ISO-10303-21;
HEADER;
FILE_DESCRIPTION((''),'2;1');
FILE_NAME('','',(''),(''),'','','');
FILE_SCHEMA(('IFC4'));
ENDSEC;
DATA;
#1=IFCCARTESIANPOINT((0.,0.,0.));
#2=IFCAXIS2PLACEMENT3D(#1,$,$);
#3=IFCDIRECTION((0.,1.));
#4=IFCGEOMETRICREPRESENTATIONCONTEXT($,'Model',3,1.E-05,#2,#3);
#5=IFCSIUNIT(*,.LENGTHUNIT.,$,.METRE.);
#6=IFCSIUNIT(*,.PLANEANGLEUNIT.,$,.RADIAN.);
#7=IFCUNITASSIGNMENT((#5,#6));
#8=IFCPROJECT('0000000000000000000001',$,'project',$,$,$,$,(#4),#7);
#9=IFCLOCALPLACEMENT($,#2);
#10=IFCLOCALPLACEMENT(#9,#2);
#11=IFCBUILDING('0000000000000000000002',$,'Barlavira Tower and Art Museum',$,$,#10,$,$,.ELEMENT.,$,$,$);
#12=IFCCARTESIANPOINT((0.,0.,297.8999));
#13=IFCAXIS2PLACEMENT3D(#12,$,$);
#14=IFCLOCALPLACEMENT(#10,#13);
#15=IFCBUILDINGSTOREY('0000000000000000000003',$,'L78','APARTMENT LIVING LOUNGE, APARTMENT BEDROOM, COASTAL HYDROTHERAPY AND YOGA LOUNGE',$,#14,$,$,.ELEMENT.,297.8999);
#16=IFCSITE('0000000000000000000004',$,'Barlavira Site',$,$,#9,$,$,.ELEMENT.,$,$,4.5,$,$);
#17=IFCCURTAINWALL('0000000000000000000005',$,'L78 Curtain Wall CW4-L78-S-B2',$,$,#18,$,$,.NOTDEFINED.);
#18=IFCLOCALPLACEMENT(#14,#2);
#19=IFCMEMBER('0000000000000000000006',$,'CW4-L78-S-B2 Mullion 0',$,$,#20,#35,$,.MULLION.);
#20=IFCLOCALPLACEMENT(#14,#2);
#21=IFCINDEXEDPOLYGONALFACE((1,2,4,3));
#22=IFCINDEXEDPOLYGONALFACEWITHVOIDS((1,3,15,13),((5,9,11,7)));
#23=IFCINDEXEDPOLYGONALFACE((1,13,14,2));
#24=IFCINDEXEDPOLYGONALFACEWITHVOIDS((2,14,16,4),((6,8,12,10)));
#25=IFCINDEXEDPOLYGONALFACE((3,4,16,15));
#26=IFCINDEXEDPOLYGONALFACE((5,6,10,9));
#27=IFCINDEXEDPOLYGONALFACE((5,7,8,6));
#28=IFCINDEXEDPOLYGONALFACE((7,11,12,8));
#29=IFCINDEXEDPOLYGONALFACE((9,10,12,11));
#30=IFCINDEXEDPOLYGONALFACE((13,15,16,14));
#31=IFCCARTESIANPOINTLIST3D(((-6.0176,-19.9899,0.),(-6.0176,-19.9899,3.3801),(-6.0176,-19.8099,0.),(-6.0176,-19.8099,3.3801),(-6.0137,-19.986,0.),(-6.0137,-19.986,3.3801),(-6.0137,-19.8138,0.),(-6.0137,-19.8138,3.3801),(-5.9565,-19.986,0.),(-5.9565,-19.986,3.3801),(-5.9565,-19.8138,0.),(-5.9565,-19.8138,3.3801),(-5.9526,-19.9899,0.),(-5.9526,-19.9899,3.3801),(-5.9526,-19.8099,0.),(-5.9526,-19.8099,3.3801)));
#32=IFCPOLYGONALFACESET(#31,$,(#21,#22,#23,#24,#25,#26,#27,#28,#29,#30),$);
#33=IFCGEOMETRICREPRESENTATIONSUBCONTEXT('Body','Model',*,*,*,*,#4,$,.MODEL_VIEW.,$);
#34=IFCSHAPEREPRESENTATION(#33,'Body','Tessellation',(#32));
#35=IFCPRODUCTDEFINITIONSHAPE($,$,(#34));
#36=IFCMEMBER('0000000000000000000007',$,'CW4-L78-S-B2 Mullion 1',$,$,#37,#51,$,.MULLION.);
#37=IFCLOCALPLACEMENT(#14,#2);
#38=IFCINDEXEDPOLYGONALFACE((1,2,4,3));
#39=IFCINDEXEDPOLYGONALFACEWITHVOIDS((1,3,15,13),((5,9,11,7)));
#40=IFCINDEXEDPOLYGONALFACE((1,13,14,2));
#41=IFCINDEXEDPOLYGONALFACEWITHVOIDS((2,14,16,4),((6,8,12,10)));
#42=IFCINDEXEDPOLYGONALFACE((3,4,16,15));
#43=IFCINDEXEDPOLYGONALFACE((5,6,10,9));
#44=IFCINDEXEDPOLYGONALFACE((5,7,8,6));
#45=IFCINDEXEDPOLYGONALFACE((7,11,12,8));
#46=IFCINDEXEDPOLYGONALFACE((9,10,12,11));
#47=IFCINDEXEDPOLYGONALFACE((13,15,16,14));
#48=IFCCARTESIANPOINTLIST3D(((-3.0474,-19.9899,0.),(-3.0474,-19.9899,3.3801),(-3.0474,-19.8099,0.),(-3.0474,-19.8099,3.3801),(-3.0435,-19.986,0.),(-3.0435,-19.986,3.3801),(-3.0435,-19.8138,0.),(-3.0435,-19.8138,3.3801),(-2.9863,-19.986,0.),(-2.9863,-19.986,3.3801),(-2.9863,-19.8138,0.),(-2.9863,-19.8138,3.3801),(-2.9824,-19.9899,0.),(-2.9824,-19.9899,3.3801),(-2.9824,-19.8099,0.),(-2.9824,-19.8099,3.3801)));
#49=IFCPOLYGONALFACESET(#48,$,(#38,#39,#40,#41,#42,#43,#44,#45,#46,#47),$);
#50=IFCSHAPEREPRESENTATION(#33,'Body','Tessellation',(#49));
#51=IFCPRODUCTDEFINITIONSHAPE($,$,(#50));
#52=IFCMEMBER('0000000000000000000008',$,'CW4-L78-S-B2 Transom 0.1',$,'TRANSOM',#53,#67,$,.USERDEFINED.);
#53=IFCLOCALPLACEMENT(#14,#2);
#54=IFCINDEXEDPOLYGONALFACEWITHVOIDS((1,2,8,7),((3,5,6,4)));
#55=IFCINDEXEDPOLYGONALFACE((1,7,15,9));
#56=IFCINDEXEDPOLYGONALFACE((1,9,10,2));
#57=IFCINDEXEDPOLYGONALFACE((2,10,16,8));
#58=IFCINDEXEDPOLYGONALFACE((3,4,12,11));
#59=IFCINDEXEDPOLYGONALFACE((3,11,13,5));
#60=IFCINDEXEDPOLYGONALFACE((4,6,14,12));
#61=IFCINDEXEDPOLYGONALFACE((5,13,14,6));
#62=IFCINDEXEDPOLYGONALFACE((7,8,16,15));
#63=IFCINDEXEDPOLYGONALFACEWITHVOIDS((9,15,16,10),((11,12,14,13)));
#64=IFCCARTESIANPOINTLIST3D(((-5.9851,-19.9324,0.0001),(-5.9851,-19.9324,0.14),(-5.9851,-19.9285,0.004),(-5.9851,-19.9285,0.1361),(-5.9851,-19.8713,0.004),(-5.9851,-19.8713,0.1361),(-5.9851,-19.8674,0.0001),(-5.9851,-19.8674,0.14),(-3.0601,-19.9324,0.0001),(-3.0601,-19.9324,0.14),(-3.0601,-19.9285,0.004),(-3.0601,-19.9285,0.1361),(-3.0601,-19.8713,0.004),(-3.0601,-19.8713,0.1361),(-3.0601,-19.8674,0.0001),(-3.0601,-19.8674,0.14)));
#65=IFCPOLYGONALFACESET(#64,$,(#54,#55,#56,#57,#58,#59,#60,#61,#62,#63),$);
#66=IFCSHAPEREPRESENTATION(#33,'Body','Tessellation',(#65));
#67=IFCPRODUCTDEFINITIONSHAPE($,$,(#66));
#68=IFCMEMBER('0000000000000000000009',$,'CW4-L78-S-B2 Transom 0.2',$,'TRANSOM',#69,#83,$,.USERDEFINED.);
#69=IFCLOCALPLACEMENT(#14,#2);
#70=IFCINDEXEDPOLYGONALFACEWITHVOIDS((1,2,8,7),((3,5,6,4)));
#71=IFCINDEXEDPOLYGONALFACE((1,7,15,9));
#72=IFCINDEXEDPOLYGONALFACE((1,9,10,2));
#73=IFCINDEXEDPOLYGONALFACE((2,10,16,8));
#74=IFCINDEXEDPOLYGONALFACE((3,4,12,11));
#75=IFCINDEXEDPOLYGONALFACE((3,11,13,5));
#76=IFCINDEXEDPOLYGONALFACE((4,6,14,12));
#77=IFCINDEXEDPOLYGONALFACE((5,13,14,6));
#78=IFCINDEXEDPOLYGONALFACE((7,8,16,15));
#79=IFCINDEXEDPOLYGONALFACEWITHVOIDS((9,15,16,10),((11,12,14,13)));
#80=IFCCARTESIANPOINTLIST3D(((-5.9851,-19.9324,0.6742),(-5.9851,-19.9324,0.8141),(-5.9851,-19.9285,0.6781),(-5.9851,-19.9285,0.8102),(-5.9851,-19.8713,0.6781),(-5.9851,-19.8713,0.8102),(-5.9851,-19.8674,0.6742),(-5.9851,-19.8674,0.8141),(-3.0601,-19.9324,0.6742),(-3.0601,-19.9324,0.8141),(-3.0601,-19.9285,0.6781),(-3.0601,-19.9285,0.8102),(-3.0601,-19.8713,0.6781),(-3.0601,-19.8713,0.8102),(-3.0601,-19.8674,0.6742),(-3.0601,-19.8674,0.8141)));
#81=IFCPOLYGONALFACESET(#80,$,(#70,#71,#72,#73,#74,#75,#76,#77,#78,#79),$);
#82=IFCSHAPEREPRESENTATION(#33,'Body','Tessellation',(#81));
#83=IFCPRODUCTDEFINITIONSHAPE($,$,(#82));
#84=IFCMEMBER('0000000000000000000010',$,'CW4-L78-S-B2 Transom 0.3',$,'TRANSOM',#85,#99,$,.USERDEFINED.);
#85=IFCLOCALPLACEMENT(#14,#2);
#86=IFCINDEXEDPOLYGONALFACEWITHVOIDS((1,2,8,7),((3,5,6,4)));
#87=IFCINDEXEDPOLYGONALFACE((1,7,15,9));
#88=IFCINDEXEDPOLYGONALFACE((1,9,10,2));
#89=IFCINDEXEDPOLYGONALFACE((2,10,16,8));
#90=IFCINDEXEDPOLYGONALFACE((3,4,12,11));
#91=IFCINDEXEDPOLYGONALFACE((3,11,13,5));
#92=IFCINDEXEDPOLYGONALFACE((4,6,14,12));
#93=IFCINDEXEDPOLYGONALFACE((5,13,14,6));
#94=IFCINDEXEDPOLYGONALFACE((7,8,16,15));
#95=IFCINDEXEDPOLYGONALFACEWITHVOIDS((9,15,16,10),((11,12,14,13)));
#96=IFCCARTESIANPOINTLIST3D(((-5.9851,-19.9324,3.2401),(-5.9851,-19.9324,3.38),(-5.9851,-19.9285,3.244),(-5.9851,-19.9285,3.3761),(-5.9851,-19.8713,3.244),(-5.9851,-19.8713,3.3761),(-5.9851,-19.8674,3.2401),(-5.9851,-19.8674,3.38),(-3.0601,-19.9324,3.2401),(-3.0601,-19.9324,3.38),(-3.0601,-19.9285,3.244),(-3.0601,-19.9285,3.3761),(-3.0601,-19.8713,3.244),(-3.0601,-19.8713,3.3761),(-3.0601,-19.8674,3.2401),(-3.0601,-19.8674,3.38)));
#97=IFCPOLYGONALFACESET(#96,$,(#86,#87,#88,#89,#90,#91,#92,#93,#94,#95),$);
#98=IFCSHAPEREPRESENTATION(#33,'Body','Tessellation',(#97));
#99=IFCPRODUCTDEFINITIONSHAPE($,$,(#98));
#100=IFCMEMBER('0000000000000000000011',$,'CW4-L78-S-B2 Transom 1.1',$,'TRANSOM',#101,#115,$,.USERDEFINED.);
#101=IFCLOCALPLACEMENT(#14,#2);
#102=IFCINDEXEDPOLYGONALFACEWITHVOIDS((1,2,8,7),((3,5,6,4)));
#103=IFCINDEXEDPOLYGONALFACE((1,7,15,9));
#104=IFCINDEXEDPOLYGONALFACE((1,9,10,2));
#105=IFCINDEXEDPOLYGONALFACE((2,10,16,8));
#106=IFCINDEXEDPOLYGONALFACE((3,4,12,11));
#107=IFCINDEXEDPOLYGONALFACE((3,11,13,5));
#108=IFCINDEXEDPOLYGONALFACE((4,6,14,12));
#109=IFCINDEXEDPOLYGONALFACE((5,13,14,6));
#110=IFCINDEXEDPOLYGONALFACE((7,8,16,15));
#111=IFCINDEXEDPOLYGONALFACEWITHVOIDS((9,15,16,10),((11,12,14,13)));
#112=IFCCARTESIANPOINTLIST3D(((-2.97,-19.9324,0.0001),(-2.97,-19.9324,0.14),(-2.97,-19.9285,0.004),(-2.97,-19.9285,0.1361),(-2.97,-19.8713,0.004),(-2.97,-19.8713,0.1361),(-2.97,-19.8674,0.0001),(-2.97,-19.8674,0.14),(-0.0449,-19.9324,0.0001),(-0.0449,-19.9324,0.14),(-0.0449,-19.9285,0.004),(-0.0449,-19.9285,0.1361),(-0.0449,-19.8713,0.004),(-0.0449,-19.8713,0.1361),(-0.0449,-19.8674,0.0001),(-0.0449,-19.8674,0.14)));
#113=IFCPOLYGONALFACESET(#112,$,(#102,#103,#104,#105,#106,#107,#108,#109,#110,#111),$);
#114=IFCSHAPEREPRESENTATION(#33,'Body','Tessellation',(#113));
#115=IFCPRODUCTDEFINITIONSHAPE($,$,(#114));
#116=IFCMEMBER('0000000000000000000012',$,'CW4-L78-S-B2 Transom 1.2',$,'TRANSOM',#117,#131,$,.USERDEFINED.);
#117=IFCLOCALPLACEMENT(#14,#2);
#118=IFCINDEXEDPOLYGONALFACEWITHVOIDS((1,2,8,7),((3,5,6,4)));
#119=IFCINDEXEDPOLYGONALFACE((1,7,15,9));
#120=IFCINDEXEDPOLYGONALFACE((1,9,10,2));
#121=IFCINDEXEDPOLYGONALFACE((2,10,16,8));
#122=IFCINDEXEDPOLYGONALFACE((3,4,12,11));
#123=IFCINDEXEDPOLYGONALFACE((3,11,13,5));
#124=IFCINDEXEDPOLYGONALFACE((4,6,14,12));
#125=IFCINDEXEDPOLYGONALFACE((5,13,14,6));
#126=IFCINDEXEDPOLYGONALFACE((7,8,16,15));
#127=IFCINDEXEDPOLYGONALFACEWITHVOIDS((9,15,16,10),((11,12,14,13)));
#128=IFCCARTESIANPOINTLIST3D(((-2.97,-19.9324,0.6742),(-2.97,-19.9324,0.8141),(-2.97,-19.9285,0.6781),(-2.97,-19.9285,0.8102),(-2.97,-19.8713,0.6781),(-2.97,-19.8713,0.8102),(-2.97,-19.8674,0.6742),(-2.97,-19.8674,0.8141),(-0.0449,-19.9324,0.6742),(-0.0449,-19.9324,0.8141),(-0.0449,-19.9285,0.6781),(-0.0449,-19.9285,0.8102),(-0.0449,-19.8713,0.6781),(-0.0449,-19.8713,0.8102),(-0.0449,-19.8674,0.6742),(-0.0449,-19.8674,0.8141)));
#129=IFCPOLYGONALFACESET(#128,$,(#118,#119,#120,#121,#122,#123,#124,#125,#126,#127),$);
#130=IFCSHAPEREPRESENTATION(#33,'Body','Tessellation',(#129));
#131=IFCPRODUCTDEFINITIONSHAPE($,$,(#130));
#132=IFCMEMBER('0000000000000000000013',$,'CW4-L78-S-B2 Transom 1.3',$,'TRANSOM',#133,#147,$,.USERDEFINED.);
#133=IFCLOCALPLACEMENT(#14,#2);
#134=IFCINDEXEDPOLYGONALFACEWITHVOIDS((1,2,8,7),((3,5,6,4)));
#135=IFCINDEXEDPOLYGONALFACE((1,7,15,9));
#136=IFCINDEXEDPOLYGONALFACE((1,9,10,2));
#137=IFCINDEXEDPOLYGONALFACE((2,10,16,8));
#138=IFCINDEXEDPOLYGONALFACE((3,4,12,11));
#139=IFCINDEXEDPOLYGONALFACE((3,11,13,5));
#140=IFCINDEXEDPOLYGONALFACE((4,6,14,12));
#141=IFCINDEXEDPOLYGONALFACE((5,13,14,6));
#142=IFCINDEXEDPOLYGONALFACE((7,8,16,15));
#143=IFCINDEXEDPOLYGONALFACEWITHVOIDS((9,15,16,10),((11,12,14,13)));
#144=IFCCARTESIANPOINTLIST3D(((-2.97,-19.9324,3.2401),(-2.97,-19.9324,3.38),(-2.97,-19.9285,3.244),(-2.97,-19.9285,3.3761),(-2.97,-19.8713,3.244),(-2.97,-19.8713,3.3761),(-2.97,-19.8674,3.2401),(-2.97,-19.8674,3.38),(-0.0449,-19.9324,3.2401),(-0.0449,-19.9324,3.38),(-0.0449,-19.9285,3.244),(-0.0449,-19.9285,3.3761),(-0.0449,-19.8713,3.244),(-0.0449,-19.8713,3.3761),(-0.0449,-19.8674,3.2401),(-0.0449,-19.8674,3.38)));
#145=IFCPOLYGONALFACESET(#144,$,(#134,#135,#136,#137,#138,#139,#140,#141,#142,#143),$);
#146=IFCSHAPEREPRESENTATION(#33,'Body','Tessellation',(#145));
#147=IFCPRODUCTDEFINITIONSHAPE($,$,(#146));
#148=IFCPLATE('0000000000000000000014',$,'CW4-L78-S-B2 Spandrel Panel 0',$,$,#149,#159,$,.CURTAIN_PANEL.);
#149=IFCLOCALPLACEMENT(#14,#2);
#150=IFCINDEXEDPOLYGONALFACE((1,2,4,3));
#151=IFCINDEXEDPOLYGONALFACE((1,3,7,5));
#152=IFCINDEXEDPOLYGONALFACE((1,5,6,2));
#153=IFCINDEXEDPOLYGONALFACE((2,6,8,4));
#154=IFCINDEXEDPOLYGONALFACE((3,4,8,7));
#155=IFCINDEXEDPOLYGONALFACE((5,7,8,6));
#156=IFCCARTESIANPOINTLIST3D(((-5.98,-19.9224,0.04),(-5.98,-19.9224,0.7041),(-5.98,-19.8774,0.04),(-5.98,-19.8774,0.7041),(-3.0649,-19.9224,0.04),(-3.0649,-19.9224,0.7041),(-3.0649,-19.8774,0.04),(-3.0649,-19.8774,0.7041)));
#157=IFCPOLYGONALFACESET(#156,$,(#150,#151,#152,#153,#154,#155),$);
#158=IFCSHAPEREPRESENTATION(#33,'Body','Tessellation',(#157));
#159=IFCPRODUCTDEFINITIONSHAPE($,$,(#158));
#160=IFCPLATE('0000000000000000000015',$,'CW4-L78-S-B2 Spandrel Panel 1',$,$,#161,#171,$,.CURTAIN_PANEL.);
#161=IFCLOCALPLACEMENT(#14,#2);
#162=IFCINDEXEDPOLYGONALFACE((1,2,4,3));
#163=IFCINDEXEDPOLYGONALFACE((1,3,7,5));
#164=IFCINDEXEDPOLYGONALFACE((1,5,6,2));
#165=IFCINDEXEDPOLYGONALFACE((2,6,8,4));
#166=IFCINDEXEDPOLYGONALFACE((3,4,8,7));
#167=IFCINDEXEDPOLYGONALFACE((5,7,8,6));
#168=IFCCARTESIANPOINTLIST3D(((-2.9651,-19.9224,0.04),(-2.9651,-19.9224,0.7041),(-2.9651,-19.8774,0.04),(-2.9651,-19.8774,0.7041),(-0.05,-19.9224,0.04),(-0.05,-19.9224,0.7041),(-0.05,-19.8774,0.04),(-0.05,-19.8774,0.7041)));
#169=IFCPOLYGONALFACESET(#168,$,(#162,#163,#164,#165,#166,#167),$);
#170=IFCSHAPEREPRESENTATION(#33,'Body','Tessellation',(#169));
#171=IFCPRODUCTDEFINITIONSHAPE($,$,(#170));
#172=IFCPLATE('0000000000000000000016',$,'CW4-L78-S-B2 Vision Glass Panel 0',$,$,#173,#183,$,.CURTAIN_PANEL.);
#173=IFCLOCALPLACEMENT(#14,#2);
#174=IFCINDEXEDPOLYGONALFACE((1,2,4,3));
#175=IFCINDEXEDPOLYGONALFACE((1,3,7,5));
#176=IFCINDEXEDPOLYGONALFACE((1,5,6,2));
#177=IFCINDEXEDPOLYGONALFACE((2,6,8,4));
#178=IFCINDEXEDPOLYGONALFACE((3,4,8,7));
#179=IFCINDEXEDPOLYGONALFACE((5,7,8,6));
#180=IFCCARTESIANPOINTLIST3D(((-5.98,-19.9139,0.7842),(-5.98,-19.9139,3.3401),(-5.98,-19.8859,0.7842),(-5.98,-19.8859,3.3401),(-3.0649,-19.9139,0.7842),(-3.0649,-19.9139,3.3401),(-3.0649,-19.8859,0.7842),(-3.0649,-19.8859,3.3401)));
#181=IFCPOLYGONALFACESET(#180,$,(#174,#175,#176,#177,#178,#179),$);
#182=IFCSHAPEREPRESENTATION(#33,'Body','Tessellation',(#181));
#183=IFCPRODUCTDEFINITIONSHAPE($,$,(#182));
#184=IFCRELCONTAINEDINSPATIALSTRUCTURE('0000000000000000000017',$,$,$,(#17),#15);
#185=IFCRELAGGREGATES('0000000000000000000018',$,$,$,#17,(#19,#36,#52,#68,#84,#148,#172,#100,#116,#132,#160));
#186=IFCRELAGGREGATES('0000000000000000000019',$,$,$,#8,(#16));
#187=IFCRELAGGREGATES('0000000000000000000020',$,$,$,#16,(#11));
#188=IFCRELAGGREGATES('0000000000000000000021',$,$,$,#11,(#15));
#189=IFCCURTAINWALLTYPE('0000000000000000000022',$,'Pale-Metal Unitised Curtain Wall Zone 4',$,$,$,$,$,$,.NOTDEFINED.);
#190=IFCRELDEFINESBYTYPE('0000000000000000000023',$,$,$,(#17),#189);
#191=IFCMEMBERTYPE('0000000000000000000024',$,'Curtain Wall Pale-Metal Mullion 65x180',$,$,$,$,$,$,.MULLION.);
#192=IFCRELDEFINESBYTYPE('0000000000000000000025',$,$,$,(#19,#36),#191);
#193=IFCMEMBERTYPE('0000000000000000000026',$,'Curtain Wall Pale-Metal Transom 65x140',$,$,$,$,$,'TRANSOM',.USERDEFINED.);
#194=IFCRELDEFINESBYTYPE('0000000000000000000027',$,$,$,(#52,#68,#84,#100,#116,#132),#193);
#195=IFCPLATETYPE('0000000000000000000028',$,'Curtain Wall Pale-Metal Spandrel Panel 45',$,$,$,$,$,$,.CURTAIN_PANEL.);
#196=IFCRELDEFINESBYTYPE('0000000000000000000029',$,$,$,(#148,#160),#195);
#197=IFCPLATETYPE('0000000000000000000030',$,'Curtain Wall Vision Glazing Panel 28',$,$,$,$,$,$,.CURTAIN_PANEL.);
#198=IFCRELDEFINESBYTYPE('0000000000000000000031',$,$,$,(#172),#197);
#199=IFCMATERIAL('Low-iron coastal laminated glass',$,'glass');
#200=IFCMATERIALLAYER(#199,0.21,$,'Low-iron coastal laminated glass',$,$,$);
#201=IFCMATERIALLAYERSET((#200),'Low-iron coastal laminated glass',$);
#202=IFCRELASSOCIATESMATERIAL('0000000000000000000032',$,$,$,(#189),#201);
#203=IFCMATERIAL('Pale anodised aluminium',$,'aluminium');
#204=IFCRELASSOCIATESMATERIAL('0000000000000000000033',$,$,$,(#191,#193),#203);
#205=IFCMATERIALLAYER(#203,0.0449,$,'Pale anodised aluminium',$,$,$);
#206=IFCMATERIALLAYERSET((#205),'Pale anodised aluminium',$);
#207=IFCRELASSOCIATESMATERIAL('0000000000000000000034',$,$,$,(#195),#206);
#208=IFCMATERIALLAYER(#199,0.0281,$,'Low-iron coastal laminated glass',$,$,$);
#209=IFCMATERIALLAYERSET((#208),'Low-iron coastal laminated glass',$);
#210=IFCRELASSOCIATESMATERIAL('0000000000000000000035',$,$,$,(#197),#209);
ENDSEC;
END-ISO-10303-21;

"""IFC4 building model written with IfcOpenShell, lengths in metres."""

from ifc_helpers import new_model, si_unit, direction, frame, origin, origin_2d, place, context, subcontext, project, spatial, rectangle, hollow_rectangle, extrude, material, layer, layer_set, material_profile, profile_set, type_object, element, aggregate, save


model = new_model("IFC4")

# Units and contexts
model_context = context("Model", 3, precision=1e-05, world=origin(), true_north=direction((0.0, 1.0)))
body_context = subcontext(model_context, "Body", "Model", "MODEL_VIEW")
ifc_project = project(units=[si_unit("LENGTHUNIT", "METRE"), si_unit("PLANEANGLEUNIT", "RADIAN")], contexts=[model_context])

# Site, building, storey
site_placement = place(None, origin())
site = spatial("IfcSite", under=ifc_project, at=site_placement, Name="Barlavira Site", CompositionType="ELEMENT", RefElevation=4.5)
building_placement = place(site_placement, origin())
building = spatial("IfcBuilding", under=site, at=building_placement, Name="Barlavira Tower and Art Museum", CompositionType="ELEMENT")
storey_placement = place(building_placement, frame((0.0, 0.0, 297.8999)))
storey = spatial("IfcBuildingStorey", under=building, at=storey_placement, Name="L78", Description="APARTMENT LIVING LOUNGE, APARTMENT BEDROOM, COASTAL HYDROTHERAPY AND YOGA LOUNGE", CompositionType="ELEMENT", Elevation=297.8999)

# Curtain wall, members, plates
ifc_material_1 = material(Name="Low-iron coastal laminated glass", Category="glass")
ifc_layer_1 = layer(ifc_material_1, 0.21, Name="Low-iron coastal laminated glass")
ifc_layer_set_1 = layer_set([ifc_layer_1], Name="Low-iron coastal laminated glass")
curtain_wall_type = type_object("IfcCurtainWallType", Name="Pale-Metal Unitised Curtain Wall Zone 4", PredefinedType="NOTDEFINED", material=ifc_layer_set_1)
curtain_wall_placement = place(storey_placement, origin())
curtain_wall = element("IfcCurtainWall", 1, at=curtain_wall_placement, inside=storey, type_object=curtain_wall_type, Name="L78 Curtain Wall CW4-L78-S-B2", PredefinedType="NOTDEFINED")
ifc_material_2 = material(Name="Pale anodised aluminium", Category="aluminium")
ifc_material_profile_1 = material_profile(ifc_material_2, hollow_rectangle(XDim=0.0649, YDim=0.1799, WallThickness=0.0039, at=origin_2d()), Name="ALU-MULL 65x180x4")
ifc_profile_set_1 = profile_set([ifc_material_profile_1], Name="Pale anodised aluminium")
member_type_1 = type_object("IfcMemberType", Name="Curtain Wall Pale-Metal Mullion 65x180", PredefinedType="MULLION", material=ifc_profile_set_1)
member_1_placement = place(storey_placement, frame((-5.9851, -19.8999, 0.0), z_axis=(0.0, 0.0, 1.0), x_axis=(1.0, 0.0, 0.0)))
member_1 = element("IfcMember", 2, at=member_1_placement, type_object=member_type_1, Name="CW4-L78-S-B2 Mullion 0", PredefinedType="MULLION", context=body_context, shape_type="SweptSolid", body=[
    extrude(hollow_rectangle(XDim=0.0649, YDim=0.1799, WallThickness=0.0039, at=origin_2d()), origin(), (0.0, 0.0, 1.0), 3.3801),
])
member_2_placement = place(storey_placement, frame((-3.0149, -19.8999, 0.0), z_axis=(0.0, 0.0, 1.0), x_axis=(1.0, 0.0, 0.0)))
member_2 = element("IfcMember", 3, at=member_2_placement, type_object=member_type_1, Name="CW4-L78-S-B2 Mullion 1", PredefinedType="MULLION", context=body_context, shape_type="SweptSolid", body=[
    extrude(hollow_rectangle(XDim=0.0649, YDim=0.1799, WallThickness=0.0039, at=origin_2d()), origin(), (0.0, 0.0, 1.0), 3.3801),
])
ifc_material_profile_2 = material_profile(ifc_material_2, hollow_rectangle(XDim=0.0649, YDim=0.1399, WallThickness=0.0039, at=origin_2d()), Name="ALU-TRAN 65x140x4")
ifc_profile_set_2 = profile_set([ifc_material_profile_2], Name="Pale anodised aluminium")
member_type_2 = type_object("IfcMemberType", Name="Curtain Wall Pale-Metal Transom 65x140", ElementType="TRANSOM", PredefinedType="USERDEFINED", material=ifc_profile_set_2)
member_3_placement = place(storey_placement, frame((-5.9851, -19.8999, 0.0701), z_axis=(1.0, 0.0, 0.0), x_axis=(0.0, 1.0, 0.0)))
member_3 = element("IfcMember", 4, at=member_3_placement, type_object=member_type_2, Name="CW4-L78-S-B2 Transom 0.1", ObjectType="TRANSOM", PredefinedType="USERDEFINED", context=body_context, shape_type="SweptSolid", body=[
    extrude(hollow_rectangle(XDim=0.0649, YDim=0.1399, WallThickness=0.0039, at=origin_2d()), origin(), (0.0, 0.0, 1.0), 2.925),
])
member_4_placement = place(storey_placement, frame((-5.9851, -19.8999, 0.7441), z_axis=(1.0, 0.0, 0.0), x_axis=(0.0, 1.0, 0.0)))
member_4 = element("IfcMember", 5, at=member_4_placement, type_object=member_type_2, Name="CW4-L78-S-B2 Transom 0.2", ObjectType="TRANSOM", PredefinedType="USERDEFINED", context=body_context, shape_type="SweptSolid", body=[
    extrude(hollow_rectangle(XDim=0.0649, YDim=0.1399, WallThickness=0.0039, at=origin_2d()), origin(), (0.0, 0.0, 1.0), 2.925),
])
member_5_placement = place(storey_placement, frame((-5.9851, -19.8999, 3.3101), z_axis=(1.0, 0.0, 0.0), x_axis=(0.0, 1.0, 0.0)))
member_5 = element("IfcMember", 6, at=member_5_placement, type_object=member_type_2, Name="CW4-L78-S-B2 Transom 0.3", ObjectType="TRANSOM", PredefinedType="USERDEFINED", context=body_context, shape_type="SweptSolid", body=[
    extrude(hollow_rectangle(XDim=0.0649, YDim=0.1399, WallThickness=0.0039, at=origin_2d()), origin(), (0.0, 0.0, 1.0), 2.925),
])
member_6_placement = place(storey_placement, frame((-2.97, -19.8999, 0.0701), z_axis=(1.0, 0.0, 0.0), x_axis=(0.0, 1.0, 0.0)))
member_6 = element("IfcMember", 7, at=member_6_placement, type_object=member_type_2, Name="CW4-L78-S-B2 Transom 1.1", ObjectType="TRANSOM", PredefinedType="USERDEFINED", context=body_context, shape_type="SweptSolid", body=[
    extrude(hollow_rectangle(XDim=0.0649, YDim=0.1399, WallThickness=0.0039, at=origin_2d()), origin(), (0.0, 0.0, 1.0), 2.925),
])
member_7_placement = place(storey_placement, frame((-2.97, -19.8999, 0.7441), z_axis=(1.0, 0.0, 0.0), x_axis=(0.0, 1.0, 0.0)))
member_7 = element("IfcMember", 8, at=member_7_placement, type_object=member_type_2, Name="CW4-L78-S-B2 Transom 1.2", ObjectType="TRANSOM", PredefinedType="USERDEFINED", context=body_context, shape_type="SweptSolid", body=[
    extrude(hollow_rectangle(XDim=0.0649, YDim=0.1399, WallThickness=0.0039, at=origin_2d()), origin(), (0.0, 0.0, 1.0), 2.925),
])
member_8_placement = place(storey_placement, frame((-2.97, -19.8999, 3.3101), z_axis=(1.0, 0.0, 0.0), x_axis=(0.0, 1.0, 0.0)))
member_8 = element("IfcMember", 9, at=member_8_placement, type_object=member_type_2, Name="CW4-L78-S-B2 Transom 1.3", ObjectType="TRANSOM", PredefinedType="USERDEFINED", context=body_context, shape_type="SweptSolid", body=[
    extrude(hollow_rectangle(XDim=0.0649, YDim=0.1399, WallThickness=0.0039, at=origin_2d()), origin(), (0.0, 0.0, 1.0), 2.925),
])
ifc_layer_2 = layer(ifc_material_2, 0.0449, Name="Pale anodised aluminium")
ifc_layer_set_2 = layer_set([ifc_layer_2], Name="Pale anodised aluminium")
plate_type_1 = type_object("IfcPlateType", Name="Curtain Wall Pale-Metal Spandrel Panel 45", PredefinedType="CURTAIN_PANEL", material=ifc_layer_set_2)
plate_1_placement = place(storey_placement, frame((-4.5225, -19.8999, 0.04), z_axis=(0.0, 0.0, 1.0), x_axis=(1.0, 0.0, 0.0)))
plate_1 = element("IfcPlate", 10, at=plate_1_placement, type_object=plate_type_1, Name="CW4-L78-S-B2 Spandrel Panel 0", PredefinedType="CURTAIN_PANEL", context=body_context, shape_type="SweptSolid", body=[
    extrude(rectangle(XDim=2.915, YDim=0.0449, at=origin_2d()), origin(), (0.0, 0.0, 1.0), 0.6641),
])
plate_2_placement = place(storey_placement, frame((-1.5076, -19.8999, 0.04), z_axis=(0.0, 0.0, 1.0), x_axis=(1.0, 0.0, 0.0)))
plate_2 = element("IfcPlate", 11, at=plate_2_placement, type_object=plate_type_1, Name="CW4-L78-S-B2 Spandrel Panel 1", PredefinedType="CURTAIN_PANEL", context=body_context, shape_type="SweptSolid", body=[
    extrude(rectangle(XDim=2.915, YDim=0.0449, at=origin_2d()), origin(), (0.0, 0.0, 1.0), 0.6641),
])
ifc_layer_3 = layer(ifc_material_1, 0.0281, Name="Low-iron coastal laminated glass")
ifc_layer_set_3 = layer_set([ifc_layer_3], Name="Low-iron coastal laminated glass")
plate_type_2 = type_object("IfcPlateType", Name="Curtain Wall Vision Glazing Panel 28", PredefinedType="CURTAIN_PANEL", material=ifc_layer_set_3)
plate_3_placement = place(storey_placement, frame((-4.5225, -19.8999, 0.7842), z_axis=(0.0, 0.0, 1.0), x_axis=(1.0, 0.0, 0.0)))
plate_3 = element("IfcPlate", 12, at=plate_3_placement, type_object=plate_type_2, Name="CW4-L78-S-B2 Vision Glass Panel 0", PredefinedType="CURTAIN_PANEL", context=body_context, shape_type="SweptSolid", body=[
    extrude(rectangle(XDim=2.915, YDim=0.0281, at=origin_2d()), origin(), (0.0, 0.0, 1.0), 2.5559),
])
aggregate(curtain_wall, [member_1, member_2, member_3, member_4, member_5, plate_1, plate_3, member_6, member_7, member_8, plate_2])

save(model, "model.ifc")
